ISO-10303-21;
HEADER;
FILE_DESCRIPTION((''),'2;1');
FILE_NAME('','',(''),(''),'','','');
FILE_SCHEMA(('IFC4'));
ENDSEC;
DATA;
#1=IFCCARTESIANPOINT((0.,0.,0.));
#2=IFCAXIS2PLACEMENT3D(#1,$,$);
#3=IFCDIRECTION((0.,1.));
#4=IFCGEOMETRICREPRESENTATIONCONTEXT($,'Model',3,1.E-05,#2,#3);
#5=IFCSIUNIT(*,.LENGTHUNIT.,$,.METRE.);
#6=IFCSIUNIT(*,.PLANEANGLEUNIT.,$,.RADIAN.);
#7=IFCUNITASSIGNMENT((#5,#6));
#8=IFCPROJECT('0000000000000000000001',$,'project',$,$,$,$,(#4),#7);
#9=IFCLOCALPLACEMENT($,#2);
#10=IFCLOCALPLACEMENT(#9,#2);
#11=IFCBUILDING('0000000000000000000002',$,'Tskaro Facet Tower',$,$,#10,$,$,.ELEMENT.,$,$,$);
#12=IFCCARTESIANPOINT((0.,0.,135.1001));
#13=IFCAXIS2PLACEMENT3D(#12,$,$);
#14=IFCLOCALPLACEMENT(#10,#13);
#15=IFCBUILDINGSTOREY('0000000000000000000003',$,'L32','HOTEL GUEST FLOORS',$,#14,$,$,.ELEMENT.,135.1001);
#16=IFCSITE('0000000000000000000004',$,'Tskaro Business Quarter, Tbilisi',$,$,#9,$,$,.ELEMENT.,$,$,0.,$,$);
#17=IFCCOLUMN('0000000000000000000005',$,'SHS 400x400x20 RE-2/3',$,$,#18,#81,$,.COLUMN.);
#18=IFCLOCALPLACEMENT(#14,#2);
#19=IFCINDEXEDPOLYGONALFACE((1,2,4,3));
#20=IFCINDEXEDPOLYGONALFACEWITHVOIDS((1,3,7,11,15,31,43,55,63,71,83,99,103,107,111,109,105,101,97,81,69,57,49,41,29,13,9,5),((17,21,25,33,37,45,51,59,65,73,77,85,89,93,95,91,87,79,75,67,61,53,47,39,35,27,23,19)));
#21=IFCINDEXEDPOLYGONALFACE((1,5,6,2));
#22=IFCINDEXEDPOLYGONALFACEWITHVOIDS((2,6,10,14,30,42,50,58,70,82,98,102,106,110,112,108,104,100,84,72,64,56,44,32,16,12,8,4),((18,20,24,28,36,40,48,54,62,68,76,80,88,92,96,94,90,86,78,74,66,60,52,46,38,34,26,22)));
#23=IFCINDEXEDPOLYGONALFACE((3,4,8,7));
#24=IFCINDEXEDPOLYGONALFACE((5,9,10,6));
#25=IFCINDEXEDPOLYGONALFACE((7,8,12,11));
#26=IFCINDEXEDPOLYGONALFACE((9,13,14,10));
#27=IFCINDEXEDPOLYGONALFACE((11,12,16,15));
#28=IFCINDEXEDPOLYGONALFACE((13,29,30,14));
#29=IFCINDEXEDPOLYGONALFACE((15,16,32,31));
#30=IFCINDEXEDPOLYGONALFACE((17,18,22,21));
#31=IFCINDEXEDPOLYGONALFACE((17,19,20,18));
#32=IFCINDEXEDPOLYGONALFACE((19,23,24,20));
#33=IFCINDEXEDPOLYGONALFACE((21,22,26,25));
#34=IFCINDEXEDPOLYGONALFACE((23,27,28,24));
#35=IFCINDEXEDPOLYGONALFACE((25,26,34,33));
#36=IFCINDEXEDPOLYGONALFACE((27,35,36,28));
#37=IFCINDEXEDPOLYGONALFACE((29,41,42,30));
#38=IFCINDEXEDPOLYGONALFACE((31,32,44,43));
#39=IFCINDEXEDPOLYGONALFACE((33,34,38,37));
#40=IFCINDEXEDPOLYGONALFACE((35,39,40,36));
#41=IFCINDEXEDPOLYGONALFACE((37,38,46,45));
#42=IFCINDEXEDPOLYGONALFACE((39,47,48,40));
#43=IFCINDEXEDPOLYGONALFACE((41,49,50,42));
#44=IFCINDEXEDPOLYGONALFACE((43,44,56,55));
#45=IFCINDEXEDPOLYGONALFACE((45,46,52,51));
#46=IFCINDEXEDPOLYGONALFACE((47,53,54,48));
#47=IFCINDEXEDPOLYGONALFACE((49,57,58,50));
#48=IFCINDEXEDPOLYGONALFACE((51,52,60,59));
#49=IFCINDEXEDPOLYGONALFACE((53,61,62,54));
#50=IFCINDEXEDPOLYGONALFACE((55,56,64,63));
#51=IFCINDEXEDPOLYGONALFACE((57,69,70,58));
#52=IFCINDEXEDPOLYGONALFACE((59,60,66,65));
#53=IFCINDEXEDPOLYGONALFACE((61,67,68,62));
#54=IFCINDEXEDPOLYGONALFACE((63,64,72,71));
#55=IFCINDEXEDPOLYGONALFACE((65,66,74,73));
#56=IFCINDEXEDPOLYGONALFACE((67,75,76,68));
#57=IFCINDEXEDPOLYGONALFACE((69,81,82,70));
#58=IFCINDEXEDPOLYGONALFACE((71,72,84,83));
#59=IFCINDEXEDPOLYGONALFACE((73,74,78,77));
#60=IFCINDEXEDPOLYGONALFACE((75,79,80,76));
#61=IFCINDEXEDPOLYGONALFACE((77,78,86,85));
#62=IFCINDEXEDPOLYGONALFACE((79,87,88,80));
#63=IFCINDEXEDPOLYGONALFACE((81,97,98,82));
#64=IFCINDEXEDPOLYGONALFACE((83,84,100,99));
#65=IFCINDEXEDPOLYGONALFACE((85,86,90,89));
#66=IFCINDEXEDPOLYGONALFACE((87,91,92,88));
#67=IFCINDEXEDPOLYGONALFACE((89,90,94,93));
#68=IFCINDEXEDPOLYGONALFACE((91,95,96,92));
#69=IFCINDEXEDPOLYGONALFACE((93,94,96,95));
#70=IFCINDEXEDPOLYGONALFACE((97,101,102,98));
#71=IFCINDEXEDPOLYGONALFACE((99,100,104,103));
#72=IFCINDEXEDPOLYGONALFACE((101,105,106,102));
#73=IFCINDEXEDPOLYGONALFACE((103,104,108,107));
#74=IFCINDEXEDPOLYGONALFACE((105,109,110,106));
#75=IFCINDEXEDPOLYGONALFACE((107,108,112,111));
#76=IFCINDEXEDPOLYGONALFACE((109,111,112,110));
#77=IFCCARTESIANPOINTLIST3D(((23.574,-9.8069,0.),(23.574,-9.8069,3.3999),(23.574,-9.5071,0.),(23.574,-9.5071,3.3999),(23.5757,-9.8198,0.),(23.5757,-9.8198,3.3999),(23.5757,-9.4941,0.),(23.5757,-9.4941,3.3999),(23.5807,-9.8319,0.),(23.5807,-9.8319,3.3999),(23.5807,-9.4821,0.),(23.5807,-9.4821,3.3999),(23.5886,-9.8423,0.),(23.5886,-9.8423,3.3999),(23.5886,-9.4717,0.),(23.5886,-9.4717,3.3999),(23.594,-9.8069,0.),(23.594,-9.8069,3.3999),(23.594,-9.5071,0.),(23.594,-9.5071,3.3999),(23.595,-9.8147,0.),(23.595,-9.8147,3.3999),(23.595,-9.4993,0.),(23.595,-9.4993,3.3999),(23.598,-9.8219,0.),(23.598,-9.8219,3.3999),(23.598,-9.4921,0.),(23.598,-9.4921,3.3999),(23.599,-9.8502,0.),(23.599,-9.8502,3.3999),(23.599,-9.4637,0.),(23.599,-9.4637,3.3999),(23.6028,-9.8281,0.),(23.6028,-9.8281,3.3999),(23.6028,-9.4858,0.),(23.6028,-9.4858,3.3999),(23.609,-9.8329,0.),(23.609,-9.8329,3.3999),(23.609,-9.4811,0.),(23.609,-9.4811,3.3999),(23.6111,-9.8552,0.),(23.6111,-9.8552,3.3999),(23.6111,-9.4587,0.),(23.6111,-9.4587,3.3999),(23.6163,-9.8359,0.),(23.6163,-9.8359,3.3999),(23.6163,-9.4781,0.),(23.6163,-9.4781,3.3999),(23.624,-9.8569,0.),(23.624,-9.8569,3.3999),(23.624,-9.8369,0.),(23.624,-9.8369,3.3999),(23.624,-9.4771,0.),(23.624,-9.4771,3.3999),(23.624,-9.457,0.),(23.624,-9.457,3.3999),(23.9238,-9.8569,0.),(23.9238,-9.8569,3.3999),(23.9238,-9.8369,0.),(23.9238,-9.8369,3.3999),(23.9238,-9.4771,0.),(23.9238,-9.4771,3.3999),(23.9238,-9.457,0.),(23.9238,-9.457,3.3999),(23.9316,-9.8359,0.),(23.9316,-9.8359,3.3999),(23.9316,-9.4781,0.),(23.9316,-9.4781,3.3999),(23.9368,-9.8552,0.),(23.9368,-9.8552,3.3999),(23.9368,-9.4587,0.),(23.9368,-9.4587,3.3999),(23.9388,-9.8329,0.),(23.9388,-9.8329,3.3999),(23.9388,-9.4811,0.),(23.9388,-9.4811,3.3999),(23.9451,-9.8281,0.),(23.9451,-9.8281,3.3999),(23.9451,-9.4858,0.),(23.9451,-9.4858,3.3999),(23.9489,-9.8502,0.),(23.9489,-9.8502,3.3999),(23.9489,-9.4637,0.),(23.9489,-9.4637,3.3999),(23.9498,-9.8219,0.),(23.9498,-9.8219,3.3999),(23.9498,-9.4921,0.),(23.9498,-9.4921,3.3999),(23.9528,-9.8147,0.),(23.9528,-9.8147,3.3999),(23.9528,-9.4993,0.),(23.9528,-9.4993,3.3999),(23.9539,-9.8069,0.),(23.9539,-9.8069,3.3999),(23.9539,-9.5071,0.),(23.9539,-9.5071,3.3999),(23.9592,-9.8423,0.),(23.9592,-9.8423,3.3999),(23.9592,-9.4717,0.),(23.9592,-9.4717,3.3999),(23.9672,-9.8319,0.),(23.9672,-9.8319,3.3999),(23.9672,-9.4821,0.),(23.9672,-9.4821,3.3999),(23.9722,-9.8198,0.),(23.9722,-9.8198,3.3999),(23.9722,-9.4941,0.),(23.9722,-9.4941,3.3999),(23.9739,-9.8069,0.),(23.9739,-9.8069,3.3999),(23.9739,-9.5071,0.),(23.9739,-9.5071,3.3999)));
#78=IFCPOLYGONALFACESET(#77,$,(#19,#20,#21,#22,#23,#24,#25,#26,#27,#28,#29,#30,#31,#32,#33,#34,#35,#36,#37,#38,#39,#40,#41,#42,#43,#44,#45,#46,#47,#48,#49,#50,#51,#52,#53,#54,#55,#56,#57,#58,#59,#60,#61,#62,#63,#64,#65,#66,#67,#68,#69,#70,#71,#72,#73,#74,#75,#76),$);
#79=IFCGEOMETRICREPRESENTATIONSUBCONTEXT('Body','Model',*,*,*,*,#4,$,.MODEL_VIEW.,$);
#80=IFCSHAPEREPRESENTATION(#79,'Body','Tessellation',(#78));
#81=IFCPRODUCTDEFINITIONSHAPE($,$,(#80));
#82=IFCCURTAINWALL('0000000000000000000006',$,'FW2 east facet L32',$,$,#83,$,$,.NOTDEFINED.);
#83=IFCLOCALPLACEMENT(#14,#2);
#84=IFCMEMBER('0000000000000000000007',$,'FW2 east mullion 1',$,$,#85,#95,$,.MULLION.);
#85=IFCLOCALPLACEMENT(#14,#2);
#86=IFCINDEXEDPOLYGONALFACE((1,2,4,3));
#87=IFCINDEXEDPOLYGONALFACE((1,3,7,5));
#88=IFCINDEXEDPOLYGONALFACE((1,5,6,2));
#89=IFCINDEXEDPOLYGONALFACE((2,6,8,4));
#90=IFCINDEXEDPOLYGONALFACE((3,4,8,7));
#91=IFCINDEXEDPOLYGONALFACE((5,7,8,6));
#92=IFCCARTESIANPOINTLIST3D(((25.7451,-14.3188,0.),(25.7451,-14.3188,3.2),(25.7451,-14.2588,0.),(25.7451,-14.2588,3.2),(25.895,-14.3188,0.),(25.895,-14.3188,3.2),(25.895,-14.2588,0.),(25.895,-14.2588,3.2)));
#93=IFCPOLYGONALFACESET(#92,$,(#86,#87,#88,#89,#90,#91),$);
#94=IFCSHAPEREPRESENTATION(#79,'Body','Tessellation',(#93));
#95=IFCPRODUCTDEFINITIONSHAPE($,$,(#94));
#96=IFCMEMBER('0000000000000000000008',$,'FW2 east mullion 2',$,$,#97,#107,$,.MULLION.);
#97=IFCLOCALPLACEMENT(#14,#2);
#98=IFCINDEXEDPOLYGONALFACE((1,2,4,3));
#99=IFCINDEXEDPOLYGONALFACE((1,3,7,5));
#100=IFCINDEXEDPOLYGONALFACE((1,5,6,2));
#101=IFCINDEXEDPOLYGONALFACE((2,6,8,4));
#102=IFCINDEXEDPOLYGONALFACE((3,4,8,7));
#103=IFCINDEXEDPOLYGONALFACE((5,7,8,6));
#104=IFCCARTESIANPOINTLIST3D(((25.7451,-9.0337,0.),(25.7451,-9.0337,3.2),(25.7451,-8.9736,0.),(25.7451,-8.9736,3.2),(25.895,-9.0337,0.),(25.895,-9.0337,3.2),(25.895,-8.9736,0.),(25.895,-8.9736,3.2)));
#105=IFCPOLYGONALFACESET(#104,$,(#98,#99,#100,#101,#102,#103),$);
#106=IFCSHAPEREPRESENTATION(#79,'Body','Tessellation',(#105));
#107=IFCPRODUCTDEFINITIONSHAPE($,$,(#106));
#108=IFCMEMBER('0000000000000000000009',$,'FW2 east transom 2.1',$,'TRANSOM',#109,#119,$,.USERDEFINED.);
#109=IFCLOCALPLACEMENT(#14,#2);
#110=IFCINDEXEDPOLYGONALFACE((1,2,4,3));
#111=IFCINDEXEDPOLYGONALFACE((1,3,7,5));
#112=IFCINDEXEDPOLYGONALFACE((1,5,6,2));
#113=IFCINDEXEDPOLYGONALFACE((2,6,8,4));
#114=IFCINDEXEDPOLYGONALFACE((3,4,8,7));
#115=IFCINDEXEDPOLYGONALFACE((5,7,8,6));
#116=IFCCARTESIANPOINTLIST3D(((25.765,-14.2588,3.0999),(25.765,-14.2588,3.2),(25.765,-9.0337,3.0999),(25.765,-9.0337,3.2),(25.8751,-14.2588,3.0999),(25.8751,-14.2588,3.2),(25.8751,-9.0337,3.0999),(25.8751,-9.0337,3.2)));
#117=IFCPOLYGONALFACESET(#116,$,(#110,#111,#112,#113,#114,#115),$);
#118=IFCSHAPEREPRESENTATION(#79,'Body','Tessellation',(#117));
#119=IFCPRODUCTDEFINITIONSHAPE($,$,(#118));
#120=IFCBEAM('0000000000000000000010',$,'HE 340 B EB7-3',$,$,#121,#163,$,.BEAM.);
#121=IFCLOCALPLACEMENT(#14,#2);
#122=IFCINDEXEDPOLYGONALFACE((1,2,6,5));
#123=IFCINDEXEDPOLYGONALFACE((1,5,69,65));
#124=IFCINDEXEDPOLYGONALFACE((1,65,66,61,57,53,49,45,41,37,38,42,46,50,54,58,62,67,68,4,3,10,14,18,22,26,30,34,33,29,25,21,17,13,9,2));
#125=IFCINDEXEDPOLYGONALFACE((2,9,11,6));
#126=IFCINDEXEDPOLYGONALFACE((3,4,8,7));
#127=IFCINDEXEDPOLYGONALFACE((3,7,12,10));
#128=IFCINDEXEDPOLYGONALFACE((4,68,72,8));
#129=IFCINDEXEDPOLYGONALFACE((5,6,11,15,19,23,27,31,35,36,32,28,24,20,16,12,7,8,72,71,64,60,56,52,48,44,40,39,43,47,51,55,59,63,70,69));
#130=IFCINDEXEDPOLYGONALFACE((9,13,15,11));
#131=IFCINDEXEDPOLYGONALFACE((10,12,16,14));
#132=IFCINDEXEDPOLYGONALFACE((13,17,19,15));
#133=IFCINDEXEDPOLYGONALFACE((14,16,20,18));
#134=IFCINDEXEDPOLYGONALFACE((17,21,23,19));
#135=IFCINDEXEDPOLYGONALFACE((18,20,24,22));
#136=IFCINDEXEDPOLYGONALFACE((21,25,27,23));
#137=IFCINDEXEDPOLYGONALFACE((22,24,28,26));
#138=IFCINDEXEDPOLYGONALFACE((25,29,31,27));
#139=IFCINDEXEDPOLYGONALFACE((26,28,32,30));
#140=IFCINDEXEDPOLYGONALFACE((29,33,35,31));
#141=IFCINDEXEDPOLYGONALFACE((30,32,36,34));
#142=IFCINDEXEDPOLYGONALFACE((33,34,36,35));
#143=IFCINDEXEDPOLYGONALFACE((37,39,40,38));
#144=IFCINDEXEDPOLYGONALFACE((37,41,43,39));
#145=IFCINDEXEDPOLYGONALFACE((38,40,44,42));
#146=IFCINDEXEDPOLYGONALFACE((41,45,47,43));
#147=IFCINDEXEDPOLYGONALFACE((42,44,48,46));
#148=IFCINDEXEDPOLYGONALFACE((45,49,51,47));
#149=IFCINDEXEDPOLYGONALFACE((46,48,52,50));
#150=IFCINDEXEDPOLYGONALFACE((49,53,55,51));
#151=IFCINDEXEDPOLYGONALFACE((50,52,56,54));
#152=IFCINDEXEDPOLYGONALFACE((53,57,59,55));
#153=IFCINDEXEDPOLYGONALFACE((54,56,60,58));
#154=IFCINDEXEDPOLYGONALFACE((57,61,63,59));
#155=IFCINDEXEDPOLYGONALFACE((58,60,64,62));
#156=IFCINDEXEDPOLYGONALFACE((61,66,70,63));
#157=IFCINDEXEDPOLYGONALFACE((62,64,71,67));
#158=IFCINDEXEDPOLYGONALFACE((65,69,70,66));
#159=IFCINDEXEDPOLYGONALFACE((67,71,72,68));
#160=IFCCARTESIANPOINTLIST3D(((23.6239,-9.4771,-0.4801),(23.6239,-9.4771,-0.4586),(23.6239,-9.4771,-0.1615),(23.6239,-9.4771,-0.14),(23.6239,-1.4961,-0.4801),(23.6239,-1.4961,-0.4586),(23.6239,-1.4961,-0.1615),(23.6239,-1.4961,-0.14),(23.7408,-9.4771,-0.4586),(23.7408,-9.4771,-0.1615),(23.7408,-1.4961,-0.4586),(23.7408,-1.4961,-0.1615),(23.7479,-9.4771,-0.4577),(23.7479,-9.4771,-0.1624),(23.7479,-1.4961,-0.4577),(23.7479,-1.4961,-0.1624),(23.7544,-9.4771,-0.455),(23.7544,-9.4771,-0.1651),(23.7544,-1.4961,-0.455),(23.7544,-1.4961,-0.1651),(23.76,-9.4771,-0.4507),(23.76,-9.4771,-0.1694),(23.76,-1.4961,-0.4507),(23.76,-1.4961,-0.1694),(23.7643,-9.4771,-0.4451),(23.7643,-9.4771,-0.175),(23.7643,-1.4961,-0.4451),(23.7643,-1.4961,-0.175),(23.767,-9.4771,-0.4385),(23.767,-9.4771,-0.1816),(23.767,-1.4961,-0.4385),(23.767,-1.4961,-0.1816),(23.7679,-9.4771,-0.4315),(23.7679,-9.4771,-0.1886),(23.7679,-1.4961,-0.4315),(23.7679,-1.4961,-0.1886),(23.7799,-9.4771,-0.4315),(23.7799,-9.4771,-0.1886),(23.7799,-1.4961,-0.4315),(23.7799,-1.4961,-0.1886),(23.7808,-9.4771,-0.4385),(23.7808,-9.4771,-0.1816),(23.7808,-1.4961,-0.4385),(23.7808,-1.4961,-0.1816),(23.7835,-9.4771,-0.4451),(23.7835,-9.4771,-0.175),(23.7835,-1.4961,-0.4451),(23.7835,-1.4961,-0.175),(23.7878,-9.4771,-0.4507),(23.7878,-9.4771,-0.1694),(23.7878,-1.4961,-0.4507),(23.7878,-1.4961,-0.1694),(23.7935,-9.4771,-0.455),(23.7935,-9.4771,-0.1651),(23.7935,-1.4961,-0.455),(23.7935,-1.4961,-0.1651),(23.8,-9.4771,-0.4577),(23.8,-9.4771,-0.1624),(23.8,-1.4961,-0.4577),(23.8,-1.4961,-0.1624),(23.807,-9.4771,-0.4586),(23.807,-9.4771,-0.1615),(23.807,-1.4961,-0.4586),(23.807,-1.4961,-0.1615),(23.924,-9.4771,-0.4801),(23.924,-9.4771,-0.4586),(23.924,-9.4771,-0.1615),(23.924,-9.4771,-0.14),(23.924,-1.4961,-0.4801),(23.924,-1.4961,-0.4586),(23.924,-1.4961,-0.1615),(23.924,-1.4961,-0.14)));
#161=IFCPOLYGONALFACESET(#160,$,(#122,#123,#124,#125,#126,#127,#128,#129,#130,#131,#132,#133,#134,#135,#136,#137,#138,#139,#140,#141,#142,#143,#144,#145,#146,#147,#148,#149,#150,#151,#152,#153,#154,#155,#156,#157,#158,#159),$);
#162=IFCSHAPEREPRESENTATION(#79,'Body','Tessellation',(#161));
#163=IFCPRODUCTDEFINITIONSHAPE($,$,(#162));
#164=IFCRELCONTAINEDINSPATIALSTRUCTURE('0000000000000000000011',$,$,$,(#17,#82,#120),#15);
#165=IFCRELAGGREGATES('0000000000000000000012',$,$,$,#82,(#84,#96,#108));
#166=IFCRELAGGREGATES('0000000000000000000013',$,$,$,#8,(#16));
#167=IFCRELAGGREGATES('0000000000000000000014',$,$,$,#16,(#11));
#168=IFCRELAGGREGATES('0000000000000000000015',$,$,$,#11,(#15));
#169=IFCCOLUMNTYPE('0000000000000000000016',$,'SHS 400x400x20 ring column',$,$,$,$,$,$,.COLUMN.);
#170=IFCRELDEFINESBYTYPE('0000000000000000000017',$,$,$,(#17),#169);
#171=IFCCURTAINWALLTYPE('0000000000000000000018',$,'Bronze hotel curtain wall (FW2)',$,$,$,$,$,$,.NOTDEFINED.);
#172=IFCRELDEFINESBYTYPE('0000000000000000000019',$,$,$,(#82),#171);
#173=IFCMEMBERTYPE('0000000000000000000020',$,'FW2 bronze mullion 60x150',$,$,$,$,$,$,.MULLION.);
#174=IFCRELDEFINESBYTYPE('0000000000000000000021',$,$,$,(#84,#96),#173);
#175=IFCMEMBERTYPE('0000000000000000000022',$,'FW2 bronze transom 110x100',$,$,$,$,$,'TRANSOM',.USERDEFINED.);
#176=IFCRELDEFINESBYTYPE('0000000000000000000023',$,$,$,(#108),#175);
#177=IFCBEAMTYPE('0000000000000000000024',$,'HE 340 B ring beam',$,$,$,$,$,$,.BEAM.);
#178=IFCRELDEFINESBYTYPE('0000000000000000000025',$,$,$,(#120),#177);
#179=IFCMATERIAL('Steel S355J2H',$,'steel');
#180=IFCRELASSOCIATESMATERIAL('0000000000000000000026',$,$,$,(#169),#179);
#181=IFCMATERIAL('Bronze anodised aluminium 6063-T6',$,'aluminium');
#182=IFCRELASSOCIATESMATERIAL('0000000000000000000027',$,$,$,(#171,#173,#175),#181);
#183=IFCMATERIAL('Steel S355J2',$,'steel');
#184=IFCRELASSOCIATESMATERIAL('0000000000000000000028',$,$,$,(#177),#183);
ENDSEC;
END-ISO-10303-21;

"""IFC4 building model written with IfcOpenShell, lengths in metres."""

from ifc_helpers import new_model, si_unit, direction, frame, origin, origin_2d, place, context, subcontext, project, spatial, rectangle, hollow_rectangle, i_section, extrude, material, material_profile, profile_set, type_object, element, aggregate, save


model = new_model("IFC4")

# Units and contexts
model_context = context("Model", 3, precision=1e-05, world=origin(), true_north=direction((0.0, 1.0)))
body_context = subcontext(model_context, "Body", "Model", "MODEL_VIEW")
ifc_project = project(units=[si_unit("LENGTHUNIT", "METRE"), si_unit("PLANEANGLEUNIT", "RADIAN")], contexts=[model_context])

# Site, building, storey
site_placement = place(None, origin())
site = spatial("IfcSite", under=ifc_project, at=site_placement, Name="Tskaro Business Quarter, Tbilisi", CompositionType="ELEMENT", RefElevation=0.0)
building_placement = place(site_placement, origin())
building = spatial("IfcBuilding", under=site, at=building_placement, Name="Tskaro Facet Tower", CompositionType="ELEMENT")
storey_placement = place(building_placement, frame((0.0, 0.0, 135.1001)))
storey = spatial("IfcBuildingStorey", under=building, at=storey_placement, Name="L32", Description="HOTEL GUEST FLOORS", CompositionType="ELEMENT", Elevation=135.1001)

# Column
ifc_material_1 = material(Name="Steel S355J2H", Category="steel")
ifc_material_profile_1 = material_profile(ifc_material_1, hollow_rectangle(XDim=0.3999, YDim=0.3999, WallThickness=0.02, InnerFilletRadius=0.03, OuterFilletRadius=0.05, at=origin_2d()), Name="SHS 400x400x20")
ifc_profile_set_1 = profile_set([ifc_material_profile_1], Name="Steel S355J2H")
column_type = type_object("IfcColumnType", Name="SHS 400x400x20 ring column", PredefinedType="COLUMN", material=ifc_profile_set_1)
column_placement = place(storey_placement, frame((23.7739, -9.657, 0.0), z_axis=(0.0, 0.0, 1.0), x_axis=(1.0, 0.0, 0.0)))
element("IfcColumn", 1, at=column_placement, inside=storey, type_object=column_type, Name="SHS 400x400x20 RE-2/3", PredefinedType="COLUMN", context=body_context, shape_type="SweptSolid", body=[
    extrude(hollow_rectangle(XDim=0.3999, YDim=0.3999, WallThickness=0.02, InnerFilletRadius=0.03, OuterFilletRadius=0.05, at=origin_2d()), origin(), (0.0, 0.0, 1.0), 3.3999),
])

# Curtain wall, members
ifc_material_2 = material(Name="Bronze anodised aluminium 6063-T6", Category="aluminium")
curtain_wall_type = type_object("IfcCurtainWallType", Name="Bronze hotel curtain wall (FW2)", PredefinedType="NOTDEFINED", material=ifc_material_2)
curtain_wall_placement = place(storey_placement, origin())
curtain_wall = element("IfcCurtainWall", 2, at=curtain_wall_placement, inside=storey, type_object=curtain_wall_type, Name="FW2 east facet L32", PredefinedType="NOTDEFINED")
ifc_material_profile_2 = material_profile(ifc_material_2, rectangle(XDim=0.0601, YDim=0.1499, at=origin_2d()), Name="Mullion 60x150")
ifc_profile_set_2 = profile_set([ifc_material_profile_2], Name="Bronze anodised aluminium 6063-T6")
member_type_1 = type_object("IfcMemberType", Name="FW2 bronze mullion 60x150", PredefinedType="MULLION", material=ifc_profile_set_2)
member_1_placement = place(storey_placement, frame((25.8201, -14.2888, 0.0), z_axis=(0.0, 0.0, 1.0), x_axis=(0.0, 1.0, 0.0)))
member_1 = element("IfcMember", 3, at=member_1_placement, type_object=member_type_1, Name="FW2 east mullion 1", PredefinedType="MULLION", context=body_context, shape_type="SweptSolid", body=[
    extrude(rectangle(XDim=0.0601, YDim=0.1499, at=origin_2d()), origin(), (0.0, 0.0, 1.0), 3.2),
])
member_2_placement = place(storey_placement, frame((25.8201, -9.0037, 0.0), z_axis=(0.0, 0.0, 1.0), x_axis=(0.0, 1.0, 0.0)))
member_2 = element("IfcMember", 4, at=member_2_placement, type_object=member_type_1, Name="FW2 east mullion 2", PredefinedType="MULLION", context=body_context, shape_type="SweptSolid", body=[
    extrude(rectangle(XDim=0.0601, YDim=0.1499, at=origin_2d()), origin(), (0.0, 0.0, 1.0), 3.2),
])
ifc_material_profile_3 = material_profile(ifc_material_2, rectangle(XDim=0.1101, YDim=0.1001, at=origin_2d()), Name="Transom 110x100")
ifc_profile_set_3 = profile_set([ifc_material_profile_3], Name="Bronze anodised aluminium 6063-T6")
member_type_2 = type_object("IfcMemberType", Name="FW2 bronze transom 110x100", ElementType="TRANSOM", PredefinedType="USERDEFINED", material=ifc_profile_set_3)
member_3_placement = place(storey_placement, frame((25.8201, -14.2588, 3.1499), z_axis=(0.0, 1.0, 0.0), x_axis=(-1.0, 0.0, 0.0)))
member_3 = element("IfcMember", 5, at=member_3_placement, type_object=member_type_2, Name="FW2 east transom 2.1", ObjectType="TRANSOM", PredefinedType="USERDEFINED", context=body_context, shape_type="SweptSolid", body=[
    extrude(rectangle(XDim=0.1101, YDim=0.1001, at=origin_2d()), origin(), (0.0, 0.0, 1.0), 5.2251),
])

# Beam
ifc_material_3 = material(Name="Steel S355J2", Category="steel")
ifc_material_profile_4 = material_profile(ifc_material_3, i_section(OverallWidth=0.3, OverallDepth=0.3401, WebThickness=0.012, FlangeThickness=0.0215, FilletRadius=0.0271, at=origin_2d()), Name="HE 340 B")
ifc_profile_set_4 = profile_set([ifc_material_profile_4], Name="Steel S355J2")
beam_type_1 = type_object("IfcBeamType", Name="HE 340 B ring beam", PredefinedType="BEAM", material=ifc_profile_set_4)
beam_1_placement = place(storey_placement, frame((23.7739, -9.4771, -0.3101), z_axis=(0.0, 1.0, 0.0), x_axis=(-1.0, 0.0, 0.0)))
element("IfcBeam", 6, at=beam_1_placement, inside=storey, type_object=beam_type_1, Name="HE 340 B EB7-3", PredefinedType="BEAM", context=body_context, shape_type="SweptSolid", body=[
    extrude(i_section(OverallWidth=0.3, OverallDepth=0.3401, WebThickness=0.012, FlangeThickness=0.0215, FilletRadius=0.0271, at=origin_2d()), origin(), (0.0, 0.0, 1.0), 7.981),
])

aggregate(curtain_wall, [member_1, member_2, member_3])

save(model, "model.ifc")
